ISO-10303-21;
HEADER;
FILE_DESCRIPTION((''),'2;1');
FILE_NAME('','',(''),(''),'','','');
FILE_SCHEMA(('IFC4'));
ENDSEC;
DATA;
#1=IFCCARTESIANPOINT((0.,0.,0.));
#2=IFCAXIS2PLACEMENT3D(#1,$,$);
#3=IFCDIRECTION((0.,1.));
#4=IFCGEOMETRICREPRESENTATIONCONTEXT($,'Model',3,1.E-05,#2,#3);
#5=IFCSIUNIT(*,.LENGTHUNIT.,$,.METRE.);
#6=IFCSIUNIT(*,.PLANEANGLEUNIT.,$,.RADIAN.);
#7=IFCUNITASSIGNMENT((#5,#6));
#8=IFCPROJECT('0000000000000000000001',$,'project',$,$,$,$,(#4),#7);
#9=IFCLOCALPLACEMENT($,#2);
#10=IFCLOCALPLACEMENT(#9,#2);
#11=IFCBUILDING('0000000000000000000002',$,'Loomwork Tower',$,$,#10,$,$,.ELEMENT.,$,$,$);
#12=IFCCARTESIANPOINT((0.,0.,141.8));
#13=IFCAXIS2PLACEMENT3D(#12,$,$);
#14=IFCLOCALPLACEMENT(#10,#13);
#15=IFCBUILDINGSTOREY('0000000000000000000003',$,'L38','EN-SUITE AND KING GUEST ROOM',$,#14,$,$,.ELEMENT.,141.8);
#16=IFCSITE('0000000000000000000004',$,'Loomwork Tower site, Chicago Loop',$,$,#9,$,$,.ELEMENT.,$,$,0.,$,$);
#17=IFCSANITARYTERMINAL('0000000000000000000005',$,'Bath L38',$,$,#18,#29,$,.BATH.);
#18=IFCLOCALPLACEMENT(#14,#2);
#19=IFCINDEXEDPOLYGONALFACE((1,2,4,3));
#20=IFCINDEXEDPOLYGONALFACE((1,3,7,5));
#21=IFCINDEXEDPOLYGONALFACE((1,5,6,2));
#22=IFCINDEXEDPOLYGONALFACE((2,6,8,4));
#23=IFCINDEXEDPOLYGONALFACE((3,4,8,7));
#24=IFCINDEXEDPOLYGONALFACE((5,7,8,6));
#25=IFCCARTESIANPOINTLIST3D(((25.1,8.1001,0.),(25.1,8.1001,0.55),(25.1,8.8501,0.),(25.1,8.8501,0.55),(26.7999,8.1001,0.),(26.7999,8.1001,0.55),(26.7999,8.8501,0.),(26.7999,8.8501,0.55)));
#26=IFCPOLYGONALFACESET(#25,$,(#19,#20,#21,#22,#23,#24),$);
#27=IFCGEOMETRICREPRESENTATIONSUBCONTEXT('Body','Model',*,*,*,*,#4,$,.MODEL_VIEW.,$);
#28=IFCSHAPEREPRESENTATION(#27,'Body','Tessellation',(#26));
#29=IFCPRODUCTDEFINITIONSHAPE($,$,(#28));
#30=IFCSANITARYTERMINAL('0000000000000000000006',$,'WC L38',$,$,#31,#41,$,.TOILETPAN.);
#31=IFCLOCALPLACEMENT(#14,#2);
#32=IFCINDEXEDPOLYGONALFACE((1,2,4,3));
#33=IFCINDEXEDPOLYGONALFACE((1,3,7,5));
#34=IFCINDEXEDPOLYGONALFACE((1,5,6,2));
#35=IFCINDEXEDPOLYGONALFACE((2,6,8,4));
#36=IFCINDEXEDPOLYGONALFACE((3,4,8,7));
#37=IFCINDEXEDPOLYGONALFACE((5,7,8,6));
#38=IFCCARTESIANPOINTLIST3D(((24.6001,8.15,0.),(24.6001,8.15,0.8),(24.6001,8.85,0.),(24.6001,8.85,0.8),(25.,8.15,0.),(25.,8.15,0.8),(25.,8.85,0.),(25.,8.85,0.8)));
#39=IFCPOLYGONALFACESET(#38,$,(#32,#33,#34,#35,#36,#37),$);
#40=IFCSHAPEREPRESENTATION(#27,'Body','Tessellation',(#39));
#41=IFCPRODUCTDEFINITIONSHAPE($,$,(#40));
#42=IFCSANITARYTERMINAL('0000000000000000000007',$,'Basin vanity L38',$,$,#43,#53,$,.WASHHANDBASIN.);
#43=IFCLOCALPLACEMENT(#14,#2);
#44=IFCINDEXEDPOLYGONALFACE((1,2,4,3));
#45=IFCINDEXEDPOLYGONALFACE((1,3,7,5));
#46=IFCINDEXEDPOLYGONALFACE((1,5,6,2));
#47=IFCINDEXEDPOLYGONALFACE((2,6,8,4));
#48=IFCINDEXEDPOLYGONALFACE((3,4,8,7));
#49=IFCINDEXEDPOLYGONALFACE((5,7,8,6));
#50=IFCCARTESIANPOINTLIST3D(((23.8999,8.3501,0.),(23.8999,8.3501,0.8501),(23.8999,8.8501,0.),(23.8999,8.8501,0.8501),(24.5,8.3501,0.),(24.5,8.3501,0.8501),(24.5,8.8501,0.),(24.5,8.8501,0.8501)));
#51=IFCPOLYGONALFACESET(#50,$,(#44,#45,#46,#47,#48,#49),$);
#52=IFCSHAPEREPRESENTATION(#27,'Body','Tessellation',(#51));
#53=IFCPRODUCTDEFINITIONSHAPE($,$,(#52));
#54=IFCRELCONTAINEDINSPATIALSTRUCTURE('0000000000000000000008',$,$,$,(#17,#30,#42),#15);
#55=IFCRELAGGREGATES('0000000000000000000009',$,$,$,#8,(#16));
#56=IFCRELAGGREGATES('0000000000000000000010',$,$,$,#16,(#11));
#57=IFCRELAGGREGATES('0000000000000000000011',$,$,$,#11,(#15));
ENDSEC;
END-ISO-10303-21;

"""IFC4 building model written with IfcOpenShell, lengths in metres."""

from ifc_helpers import new_model, si_unit, direction, frame, origin, origin_2d, place, context, subcontext, project, spatial, rectangle, extrude, element, save


model = new_model("IFC4")

# Units and contexts
model_context = context("Model", 3, precision=1e-05, world=origin(), true_north=direction((0.0, 1.0)))
body_context = subcontext(model_context, "Body", "Model", "MODEL_VIEW")
ifc_project = project(units=[si_unit("LENGTHUNIT", "METRE"), si_unit("PLANEANGLEUNIT", "RADIAN")], contexts=[model_context])

# Site, building, storey
site_placement = place(None, origin())
site = spatial("IfcSite", under=ifc_project, at=site_placement, Name="Loomwork Tower site, Chicago Loop", CompositionType="ELEMENT", RefElevation=0.0)
building_placement = place(site_placement, origin())
building = spatial("IfcBuilding", under=site, at=building_placement, Name="Loomwork Tower", CompositionType="ELEMENT")
storey_placement = place(building_placement, frame((0.0, 0.0, 141.8)))
storey = spatial("IfcBuildingStorey", under=building, at=storey_placement, Name="L38", Description="EN-SUITE AND KING GUEST ROOM", CompositionType="ELEMENT", Elevation=141.8)

# Sanitary terminals
sanitary_terminal_1_placement = place(storey_placement, frame((25.95, 8.4751, 0.0), z_axis=(0.0, 0.0, 1.0), x_axis=(1.0, 0.0, 0.0)))
element("IfcSanitaryTerminal", 1, at=sanitary_terminal_1_placement, inside=storey, Name="Bath L38", PredefinedType="BATH", context=body_context, shape_type="SweptSolid", body=[
    extrude(rectangle(XDim=1.7, YDim=0.75, at=origin_2d()), origin(), (0.0, 0.0, 1.0), 0.55),
])
sanitary_terminal_2_placement = place(storey_placement, frame((24.8, 8.5, 0.0), z_axis=(0.0, 0.0, 1.0), x_axis=(1.0, 0.0, 0.0)))
element("IfcSanitaryTerminal", 2, at=sanitary_terminal_2_placement, inside=storey, Name="WC L38", PredefinedType="TOILETPAN", context=body_context, shape_type="SweptSolid", body=[
    extrude(rectangle(XDim=0.3999, YDim=0.7, at=origin_2d()), origin(), (0.0, 0.0, 1.0), 0.8),
])
sanitary_terminal_3_placement = place(storey_placement, frame((24.2, 8.6001, 0.0), z_axis=(0.0, 0.0, 1.0), x_axis=(1.0, 0.0, 0.0)))
element("IfcSanitaryTerminal", 3, at=sanitary_terminal_3_placement, inside=storey, Name="Basin vanity L38", PredefinedType="WASHHANDBASIN", context=body_context, shape_type="SweptSolid", body=[
    extrude(rectangle(XDim=0.6001, YDim=0.5, at=origin_2d()), origin(), (0.0, 0.0, 1.0), 0.8501),
])

save(model, "model.ifc")
